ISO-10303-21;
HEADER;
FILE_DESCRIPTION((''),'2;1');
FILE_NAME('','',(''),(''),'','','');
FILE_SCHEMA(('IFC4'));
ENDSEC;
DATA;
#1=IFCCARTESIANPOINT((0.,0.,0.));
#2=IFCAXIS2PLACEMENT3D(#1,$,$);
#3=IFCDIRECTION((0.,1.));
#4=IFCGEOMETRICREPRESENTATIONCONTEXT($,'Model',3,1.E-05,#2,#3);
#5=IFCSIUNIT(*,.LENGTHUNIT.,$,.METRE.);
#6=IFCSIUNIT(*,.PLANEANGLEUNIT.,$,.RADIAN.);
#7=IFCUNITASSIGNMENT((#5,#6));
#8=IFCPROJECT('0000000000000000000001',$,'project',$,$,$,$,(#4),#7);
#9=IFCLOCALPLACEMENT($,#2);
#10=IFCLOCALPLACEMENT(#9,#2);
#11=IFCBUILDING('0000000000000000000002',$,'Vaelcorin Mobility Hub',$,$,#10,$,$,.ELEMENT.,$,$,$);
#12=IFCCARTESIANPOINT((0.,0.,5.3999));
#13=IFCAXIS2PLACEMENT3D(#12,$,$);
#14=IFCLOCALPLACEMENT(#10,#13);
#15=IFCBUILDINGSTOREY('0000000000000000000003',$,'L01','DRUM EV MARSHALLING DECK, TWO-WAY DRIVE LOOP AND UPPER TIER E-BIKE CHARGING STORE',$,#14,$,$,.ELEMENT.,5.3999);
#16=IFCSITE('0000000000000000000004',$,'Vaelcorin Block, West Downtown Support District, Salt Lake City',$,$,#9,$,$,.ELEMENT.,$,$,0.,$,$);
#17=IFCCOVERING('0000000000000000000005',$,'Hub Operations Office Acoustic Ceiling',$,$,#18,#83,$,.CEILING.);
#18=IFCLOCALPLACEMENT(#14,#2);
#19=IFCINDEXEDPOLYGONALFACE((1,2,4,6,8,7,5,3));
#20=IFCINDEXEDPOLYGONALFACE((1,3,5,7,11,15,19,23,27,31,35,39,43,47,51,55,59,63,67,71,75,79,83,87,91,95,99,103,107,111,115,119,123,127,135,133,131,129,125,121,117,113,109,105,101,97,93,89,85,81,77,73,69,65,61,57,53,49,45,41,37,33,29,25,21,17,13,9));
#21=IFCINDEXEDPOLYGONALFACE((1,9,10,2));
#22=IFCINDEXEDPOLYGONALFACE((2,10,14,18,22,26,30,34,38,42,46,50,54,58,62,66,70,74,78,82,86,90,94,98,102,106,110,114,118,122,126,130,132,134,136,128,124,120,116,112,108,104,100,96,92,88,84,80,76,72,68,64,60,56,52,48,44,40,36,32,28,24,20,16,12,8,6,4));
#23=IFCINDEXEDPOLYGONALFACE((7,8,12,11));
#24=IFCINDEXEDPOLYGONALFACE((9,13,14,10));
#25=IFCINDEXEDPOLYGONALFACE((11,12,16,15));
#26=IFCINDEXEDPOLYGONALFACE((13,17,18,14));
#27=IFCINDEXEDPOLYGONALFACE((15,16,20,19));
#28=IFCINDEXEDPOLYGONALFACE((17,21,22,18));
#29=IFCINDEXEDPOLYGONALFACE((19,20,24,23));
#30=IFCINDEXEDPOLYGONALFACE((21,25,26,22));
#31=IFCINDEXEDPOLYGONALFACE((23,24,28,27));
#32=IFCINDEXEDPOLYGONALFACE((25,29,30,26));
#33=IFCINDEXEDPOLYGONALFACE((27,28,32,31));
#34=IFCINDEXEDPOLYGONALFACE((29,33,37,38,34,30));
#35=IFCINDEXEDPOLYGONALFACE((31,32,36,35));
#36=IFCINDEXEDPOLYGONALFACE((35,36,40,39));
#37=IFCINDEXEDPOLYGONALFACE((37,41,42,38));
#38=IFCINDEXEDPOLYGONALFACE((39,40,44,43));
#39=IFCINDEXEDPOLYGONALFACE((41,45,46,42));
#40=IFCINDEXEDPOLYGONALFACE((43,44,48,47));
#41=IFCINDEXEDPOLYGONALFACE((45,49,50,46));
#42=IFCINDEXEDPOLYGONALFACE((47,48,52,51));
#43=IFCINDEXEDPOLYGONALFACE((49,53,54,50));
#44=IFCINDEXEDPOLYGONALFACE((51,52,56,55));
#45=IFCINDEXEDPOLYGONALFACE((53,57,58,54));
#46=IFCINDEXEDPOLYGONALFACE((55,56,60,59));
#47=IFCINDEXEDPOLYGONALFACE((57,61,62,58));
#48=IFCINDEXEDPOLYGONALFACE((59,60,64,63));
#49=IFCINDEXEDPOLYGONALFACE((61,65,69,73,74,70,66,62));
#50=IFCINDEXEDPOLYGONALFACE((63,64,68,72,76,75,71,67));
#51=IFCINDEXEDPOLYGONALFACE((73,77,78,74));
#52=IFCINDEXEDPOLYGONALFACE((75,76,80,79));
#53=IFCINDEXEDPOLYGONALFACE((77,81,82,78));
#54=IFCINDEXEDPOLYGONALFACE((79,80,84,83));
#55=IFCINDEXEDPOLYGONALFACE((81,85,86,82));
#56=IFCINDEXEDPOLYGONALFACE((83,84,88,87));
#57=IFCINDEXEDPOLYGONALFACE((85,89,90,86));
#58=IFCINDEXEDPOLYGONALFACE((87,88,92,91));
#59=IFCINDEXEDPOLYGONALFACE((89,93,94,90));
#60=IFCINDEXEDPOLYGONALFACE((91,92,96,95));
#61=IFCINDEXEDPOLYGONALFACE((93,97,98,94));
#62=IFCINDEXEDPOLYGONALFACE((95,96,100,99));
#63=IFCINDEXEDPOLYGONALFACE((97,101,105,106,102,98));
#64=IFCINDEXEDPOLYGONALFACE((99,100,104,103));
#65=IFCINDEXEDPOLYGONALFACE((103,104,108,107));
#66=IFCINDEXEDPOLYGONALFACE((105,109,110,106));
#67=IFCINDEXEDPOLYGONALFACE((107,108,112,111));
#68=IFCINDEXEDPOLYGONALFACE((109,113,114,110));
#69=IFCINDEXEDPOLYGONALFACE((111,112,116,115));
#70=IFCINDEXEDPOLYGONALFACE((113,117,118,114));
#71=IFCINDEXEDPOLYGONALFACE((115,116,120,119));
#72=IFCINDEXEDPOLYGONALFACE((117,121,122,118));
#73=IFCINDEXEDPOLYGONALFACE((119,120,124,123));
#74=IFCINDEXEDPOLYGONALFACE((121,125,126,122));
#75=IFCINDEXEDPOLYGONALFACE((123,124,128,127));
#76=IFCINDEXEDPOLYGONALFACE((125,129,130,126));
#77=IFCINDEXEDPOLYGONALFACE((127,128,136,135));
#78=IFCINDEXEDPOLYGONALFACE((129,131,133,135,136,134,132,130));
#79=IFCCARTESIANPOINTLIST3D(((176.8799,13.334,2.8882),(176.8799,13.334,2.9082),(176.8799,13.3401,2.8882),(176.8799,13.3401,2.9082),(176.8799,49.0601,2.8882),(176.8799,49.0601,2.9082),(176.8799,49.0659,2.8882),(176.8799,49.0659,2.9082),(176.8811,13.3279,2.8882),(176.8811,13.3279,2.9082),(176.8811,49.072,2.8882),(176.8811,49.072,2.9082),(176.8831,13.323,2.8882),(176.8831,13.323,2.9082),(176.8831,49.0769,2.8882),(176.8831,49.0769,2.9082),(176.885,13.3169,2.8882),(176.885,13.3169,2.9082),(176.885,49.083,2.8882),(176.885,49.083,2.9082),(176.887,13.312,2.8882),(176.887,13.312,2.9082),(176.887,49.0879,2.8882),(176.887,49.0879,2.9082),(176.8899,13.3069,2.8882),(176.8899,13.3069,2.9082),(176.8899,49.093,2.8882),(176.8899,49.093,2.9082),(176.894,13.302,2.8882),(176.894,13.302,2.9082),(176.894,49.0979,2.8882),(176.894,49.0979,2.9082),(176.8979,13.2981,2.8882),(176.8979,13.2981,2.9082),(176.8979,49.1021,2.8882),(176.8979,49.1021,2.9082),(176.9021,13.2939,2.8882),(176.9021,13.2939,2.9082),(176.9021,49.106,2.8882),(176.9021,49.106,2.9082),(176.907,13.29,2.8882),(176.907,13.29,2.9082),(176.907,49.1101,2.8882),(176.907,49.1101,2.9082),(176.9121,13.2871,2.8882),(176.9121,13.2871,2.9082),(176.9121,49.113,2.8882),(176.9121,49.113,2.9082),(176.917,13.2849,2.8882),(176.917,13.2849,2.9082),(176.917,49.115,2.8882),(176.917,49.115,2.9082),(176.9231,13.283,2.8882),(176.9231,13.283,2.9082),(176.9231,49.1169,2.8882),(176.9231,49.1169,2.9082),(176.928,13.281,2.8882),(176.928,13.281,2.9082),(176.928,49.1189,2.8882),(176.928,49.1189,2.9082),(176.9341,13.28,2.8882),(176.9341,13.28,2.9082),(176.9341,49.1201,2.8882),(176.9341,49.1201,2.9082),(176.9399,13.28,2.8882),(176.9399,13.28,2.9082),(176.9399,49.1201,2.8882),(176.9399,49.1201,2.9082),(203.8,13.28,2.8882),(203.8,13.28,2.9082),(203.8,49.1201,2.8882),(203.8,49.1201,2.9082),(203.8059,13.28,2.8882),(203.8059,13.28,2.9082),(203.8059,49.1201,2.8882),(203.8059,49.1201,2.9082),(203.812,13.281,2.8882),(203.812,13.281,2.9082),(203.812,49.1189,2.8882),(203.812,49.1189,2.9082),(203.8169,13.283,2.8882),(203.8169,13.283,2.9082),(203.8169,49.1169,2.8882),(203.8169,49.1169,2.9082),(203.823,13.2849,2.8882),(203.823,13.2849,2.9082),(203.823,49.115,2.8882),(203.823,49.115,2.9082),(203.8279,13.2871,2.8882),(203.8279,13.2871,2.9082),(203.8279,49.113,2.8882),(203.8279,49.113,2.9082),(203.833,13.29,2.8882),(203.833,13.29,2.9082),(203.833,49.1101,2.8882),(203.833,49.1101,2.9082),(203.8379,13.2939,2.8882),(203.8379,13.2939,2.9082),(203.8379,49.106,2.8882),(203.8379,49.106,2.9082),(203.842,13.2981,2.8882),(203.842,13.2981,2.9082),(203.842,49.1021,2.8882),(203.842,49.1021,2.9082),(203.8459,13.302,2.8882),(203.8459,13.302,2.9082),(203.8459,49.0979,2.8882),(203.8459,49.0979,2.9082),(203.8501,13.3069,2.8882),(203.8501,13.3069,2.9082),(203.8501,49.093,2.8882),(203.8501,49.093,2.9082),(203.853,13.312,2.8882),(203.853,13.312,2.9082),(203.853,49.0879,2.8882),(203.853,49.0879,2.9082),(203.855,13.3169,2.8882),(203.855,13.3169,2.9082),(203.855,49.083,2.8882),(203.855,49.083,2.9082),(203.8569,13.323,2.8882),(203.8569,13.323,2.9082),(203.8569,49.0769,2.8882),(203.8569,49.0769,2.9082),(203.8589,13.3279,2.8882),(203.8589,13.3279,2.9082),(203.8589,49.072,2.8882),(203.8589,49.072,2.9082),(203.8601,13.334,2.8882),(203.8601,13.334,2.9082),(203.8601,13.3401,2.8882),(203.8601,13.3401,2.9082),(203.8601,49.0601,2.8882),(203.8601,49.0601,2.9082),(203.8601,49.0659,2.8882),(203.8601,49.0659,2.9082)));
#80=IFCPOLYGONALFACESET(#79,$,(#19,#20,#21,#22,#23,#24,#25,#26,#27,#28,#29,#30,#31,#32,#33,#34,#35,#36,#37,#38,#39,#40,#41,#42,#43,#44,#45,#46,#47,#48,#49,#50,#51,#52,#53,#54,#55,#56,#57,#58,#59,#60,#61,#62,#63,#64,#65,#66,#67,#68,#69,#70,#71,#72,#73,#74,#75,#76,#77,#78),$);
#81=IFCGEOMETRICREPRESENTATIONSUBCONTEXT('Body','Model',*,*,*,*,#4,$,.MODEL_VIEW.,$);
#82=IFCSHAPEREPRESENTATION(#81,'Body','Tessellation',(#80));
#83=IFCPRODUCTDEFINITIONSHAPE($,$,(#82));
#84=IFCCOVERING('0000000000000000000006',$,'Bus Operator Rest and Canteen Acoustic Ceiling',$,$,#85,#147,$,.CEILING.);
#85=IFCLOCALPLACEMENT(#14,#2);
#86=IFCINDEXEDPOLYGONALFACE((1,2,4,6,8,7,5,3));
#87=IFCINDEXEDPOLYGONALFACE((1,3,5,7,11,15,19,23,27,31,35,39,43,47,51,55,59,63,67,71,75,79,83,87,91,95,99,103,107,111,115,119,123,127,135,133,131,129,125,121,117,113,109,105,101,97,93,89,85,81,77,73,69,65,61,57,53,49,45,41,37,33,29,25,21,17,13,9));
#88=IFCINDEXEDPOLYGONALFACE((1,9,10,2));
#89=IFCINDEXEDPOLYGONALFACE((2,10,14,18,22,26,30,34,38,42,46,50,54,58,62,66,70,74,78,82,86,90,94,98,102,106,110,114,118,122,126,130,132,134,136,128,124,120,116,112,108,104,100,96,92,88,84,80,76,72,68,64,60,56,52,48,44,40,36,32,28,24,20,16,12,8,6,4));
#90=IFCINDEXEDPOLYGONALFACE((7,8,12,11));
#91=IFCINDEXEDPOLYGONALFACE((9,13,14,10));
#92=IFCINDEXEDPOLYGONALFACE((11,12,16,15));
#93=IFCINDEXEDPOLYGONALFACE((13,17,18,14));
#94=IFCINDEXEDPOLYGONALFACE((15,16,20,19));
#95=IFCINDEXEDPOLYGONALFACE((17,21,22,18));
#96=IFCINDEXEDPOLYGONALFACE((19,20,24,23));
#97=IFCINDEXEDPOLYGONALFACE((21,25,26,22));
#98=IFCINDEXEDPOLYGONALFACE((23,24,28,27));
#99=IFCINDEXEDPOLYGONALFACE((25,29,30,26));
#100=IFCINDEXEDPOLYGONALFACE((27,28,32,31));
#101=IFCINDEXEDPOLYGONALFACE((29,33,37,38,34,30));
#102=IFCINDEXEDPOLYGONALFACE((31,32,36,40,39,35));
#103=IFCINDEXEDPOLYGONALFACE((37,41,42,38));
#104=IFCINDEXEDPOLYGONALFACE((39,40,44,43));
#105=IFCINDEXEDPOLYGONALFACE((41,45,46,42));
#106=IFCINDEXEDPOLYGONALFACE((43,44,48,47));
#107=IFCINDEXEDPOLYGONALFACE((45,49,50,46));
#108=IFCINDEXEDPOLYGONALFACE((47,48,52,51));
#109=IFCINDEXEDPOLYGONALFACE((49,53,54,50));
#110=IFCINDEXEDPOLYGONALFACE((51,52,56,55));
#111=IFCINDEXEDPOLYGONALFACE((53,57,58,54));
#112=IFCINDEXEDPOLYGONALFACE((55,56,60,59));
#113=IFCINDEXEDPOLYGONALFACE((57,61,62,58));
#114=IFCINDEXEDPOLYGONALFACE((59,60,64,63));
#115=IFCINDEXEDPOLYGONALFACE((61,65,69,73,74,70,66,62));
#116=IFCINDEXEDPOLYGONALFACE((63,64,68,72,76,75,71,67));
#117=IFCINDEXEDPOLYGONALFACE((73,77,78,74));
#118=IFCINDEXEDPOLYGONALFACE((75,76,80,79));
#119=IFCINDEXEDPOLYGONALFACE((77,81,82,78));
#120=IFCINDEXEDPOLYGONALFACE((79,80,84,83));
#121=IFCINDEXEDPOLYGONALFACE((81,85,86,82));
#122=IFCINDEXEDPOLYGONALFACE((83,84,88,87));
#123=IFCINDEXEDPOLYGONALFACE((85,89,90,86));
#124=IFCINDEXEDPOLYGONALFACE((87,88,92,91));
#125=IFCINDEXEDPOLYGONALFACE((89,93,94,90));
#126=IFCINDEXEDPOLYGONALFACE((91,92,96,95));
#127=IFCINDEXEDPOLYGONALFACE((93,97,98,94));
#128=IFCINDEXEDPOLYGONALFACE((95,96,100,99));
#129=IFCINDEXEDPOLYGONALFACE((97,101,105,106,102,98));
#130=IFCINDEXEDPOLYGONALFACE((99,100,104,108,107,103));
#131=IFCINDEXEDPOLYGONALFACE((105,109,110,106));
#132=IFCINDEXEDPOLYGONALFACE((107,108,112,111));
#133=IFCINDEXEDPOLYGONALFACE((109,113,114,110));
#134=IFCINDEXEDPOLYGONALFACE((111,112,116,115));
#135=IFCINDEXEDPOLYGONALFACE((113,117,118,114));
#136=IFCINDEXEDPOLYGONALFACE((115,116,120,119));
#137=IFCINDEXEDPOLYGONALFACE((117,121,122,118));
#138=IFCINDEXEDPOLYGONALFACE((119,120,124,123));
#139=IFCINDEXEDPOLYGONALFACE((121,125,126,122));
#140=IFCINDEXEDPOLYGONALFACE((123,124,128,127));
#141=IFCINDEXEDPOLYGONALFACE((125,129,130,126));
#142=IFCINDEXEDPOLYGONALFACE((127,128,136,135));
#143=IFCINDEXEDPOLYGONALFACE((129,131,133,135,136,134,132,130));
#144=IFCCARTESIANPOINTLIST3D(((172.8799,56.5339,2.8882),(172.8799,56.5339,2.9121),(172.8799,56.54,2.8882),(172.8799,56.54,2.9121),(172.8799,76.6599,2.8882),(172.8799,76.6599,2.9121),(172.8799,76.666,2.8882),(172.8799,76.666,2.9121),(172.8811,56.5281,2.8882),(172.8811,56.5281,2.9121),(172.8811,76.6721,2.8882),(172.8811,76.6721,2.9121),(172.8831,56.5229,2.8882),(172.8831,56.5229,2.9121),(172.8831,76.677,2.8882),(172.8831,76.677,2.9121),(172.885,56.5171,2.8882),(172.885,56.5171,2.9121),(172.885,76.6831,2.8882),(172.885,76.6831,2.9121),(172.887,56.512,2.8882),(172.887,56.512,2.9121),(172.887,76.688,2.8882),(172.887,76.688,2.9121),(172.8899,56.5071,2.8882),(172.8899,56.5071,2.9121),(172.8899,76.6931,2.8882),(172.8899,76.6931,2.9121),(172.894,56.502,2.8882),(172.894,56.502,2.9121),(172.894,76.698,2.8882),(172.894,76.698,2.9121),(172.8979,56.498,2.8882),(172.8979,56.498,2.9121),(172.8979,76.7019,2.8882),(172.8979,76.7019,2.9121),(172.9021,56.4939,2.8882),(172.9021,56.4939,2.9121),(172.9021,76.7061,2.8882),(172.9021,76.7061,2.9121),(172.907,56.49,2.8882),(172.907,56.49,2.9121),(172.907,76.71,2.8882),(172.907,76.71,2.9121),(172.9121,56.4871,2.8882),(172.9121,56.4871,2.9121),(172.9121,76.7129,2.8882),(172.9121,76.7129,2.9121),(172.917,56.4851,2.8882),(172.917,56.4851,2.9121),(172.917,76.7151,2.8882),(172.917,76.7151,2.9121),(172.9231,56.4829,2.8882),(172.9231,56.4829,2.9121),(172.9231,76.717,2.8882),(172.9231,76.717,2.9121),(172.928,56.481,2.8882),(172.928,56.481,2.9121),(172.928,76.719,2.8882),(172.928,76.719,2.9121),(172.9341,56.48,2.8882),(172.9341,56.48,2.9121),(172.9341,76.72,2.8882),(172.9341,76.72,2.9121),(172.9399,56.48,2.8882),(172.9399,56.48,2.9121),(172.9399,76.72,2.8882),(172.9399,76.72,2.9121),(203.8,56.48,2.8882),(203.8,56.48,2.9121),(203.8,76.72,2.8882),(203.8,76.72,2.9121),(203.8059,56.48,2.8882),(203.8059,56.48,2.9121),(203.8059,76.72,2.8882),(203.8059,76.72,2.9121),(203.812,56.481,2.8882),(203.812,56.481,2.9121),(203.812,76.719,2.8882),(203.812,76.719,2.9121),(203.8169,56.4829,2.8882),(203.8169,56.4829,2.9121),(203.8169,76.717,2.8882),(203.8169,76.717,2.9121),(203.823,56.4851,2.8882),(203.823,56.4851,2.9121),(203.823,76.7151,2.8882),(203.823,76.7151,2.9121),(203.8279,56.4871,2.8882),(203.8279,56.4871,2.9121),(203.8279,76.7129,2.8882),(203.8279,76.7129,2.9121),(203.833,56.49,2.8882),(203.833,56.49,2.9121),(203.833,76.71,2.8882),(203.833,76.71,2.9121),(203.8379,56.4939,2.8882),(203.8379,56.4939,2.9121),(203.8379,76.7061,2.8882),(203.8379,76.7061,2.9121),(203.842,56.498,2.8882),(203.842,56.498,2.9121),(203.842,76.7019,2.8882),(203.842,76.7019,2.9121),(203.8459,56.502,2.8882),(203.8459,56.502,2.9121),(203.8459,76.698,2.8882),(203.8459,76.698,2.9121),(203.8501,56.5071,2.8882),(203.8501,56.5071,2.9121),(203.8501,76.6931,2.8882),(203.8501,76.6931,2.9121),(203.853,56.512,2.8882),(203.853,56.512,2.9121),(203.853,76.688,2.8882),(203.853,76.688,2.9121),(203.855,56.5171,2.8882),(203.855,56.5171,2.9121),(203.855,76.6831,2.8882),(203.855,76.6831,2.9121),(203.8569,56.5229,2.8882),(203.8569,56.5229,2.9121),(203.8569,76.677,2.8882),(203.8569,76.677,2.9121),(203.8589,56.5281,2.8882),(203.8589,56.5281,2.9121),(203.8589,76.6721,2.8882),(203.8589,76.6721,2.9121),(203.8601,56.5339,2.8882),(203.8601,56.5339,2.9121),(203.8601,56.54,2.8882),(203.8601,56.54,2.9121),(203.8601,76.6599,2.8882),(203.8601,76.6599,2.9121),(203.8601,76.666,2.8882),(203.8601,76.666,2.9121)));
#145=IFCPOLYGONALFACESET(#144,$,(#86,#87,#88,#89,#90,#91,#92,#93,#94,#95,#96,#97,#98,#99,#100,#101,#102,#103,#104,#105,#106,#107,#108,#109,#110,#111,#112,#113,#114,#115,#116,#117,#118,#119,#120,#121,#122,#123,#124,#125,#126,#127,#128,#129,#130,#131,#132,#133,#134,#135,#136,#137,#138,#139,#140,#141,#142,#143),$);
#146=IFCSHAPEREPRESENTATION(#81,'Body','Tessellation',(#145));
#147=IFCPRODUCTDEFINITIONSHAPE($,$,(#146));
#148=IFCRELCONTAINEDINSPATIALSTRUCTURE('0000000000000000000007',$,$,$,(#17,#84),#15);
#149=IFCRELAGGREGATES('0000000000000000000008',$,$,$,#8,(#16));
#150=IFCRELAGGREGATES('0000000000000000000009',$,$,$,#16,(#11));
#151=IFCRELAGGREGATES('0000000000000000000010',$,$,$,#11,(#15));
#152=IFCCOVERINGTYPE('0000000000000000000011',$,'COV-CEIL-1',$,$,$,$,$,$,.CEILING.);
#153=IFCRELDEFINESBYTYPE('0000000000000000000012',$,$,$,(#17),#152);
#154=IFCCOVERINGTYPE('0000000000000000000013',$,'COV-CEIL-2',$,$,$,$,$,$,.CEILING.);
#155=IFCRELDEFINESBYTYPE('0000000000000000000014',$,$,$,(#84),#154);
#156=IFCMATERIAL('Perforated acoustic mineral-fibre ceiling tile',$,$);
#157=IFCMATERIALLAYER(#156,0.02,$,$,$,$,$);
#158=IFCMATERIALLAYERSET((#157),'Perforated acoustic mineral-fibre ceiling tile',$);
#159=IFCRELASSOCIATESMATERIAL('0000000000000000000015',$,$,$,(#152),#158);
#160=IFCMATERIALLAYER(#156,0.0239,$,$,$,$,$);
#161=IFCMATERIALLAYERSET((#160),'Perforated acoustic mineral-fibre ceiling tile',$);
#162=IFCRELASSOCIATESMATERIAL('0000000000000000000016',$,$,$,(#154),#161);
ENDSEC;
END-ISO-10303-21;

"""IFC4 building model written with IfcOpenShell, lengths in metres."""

from ifc_helpers import new_model, si_unit, direction, frame, origin, place, context, subcontext, project, spatial, polyline, outline, extrude, material, layer, layer_set, type_object, element, save


model = new_model("IFC4")

# Units and contexts
model_context = context("Model", 3, precision=1e-05, world=origin(), true_north=direction((0.0, 1.0)))
body_context = subcontext(model_context, "Body", "Model", "MODEL_VIEW")
ifc_project = project(units=[si_unit("LENGTHUNIT", "METRE"), si_unit("PLANEANGLEUNIT", "RADIAN")], contexts=[model_context])

# Site, building, storey
site_placement = place(None, origin())
site = spatial("IfcSite", under=ifc_project, at=site_placement, Name="Vaelcorin Block, West Downtown Support District, Salt Lake City", CompositionType="ELEMENT", RefElevation=0.0)
building_placement = place(site_placement, origin())
building = spatial("IfcBuilding", under=site, at=building_placement, Name="Vaelcorin Mobility Hub", CompositionType="ELEMENT")
storey_placement = place(building_placement, frame((0.0, 0.0, 5.3999)))
storey = spatial("IfcBuildingStorey", under=building, at=storey_placement, Name="L01", Description="DRUM EV MARSHALLING DECK, TWO-WAY DRIVE LOOP AND UPPER TIER E-BIKE CHARGING STORE", CompositionType="ELEMENT", Elevation=5.3999)

# Coverings
ifc_material_1 = material(Name="Perforated acoustic mineral-fibre ceiling tile")
ifc_layer_1 = layer(ifc_material_1, 0.02)
ifc_layer_set_1 = layer_set([ifc_layer_1], Name="Perforated acoustic mineral-fibre ceiling tile")
covering_type_1 = type_object("IfcCoveringType", Name="COV-CEIL-1", PredefinedType="CEILING", material=ifc_layer_set_1)
covering_1_placement = place(storey_placement, frame((0.0, 0.0, 2.8882)))
element("IfcCovering", 1, at=covering_1_placement, inside=storey, type_object=covering_type_1, Name="Hub Operations Office Acoustic Ceiling", PredefinedType="CEILING", context=body_context, shape_type="SweptSolid", body=[
    extrude(outline(polyline([(176.9399, 13.28), (176.9341, 13.28), (176.928, 13.281), (176.9231, 13.283), (176.917, 13.2849), (176.9121, 13.2871), (176.907, 13.29), (176.9021, 13.2939), (176.8979, 13.2981), (176.894, 13.302), (176.8899, 13.3069), (176.887, 13.312), (176.885, 13.3169), (176.8831, 13.323), (176.8811, 13.3279), (176.8799, 13.334), (176.8799, 13.3401), (176.8799, 49.0601), (176.8799, 49.0659), (176.8811, 49.072), (176.8831, 49.0769), (176.885, 49.083), (176.887, 49.0879), (176.8899, 49.093), (176.894, 49.0979), (176.8979, 49.1021), (176.9021, 49.106), (176.907, 49.1101), (176.9121, 49.113), (176.917, 49.115), (176.9231, 49.1169), (176.928, 49.1189), (176.9341, 49.1201), (176.9399, 49.1201), (203.8, 49.1201), (203.8059, 49.1201), (203.812, 49.1189), (203.8169, 49.1169), (203.823, 49.115), (203.8279, 49.113), (203.833, 49.1101), (203.8379, 49.106), (203.842, 49.1021), (203.8459, 49.0979), (203.8501, 49.093), (203.853, 49.0879), (203.855, 49.083), (203.8569, 49.0769), (203.8589, 49.072), (203.8601, 49.0659), (203.8601, 49.0601), (203.8601, 13.3401), (203.8601, 13.334), (203.8589, 13.3279), (203.8569, 13.323), (203.855, 13.3169), (203.853, 13.312), (203.8501, 13.3069), (203.8459, 13.302), (203.842, 13.2981), (203.8379, 13.2939), (203.833, 13.29), (203.8279, 13.2871), (203.823, 13.2849), (203.8169, 13.283), (203.812, 13.281), (203.8059, 13.28), (203.8, 13.28), (176.9399, 13.28)])), origin(), (0.0, 0.0, 1.0), 0.02),
])
ifc_layer_2 = layer(ifc_material_1, 0.0239)
ifc_layer_set_2 = layer_set([ifc_layer_2], Name="Perforated acoustic mineral-fibre ceiling tile")
covering_type_2 = type_object("IfcCoveringType", Name="COV-CEIL-2", PredefinedType="CEILING", material=ifc_layer_set_2)
covering_2_placement = place(storey_placement, frame((0.0, 0.0, 2.8882)))
element("IfcCovering", 2, at=covering_2_placement, inside=storey, type_object=covering_type_2, Name="Bus Operator Rest and Canteen Acoustic Ceiling", PredefinedType="CEILING", context=body_context, shape_type="SweptSolid", body=[
    extrude(outline(polyline([(172.9399, 56.48), (172.9341, 56.48), (172.928, 56.481), (172.9231, 56.4829), (172.917, 56.4851), (172.9121, 56.4871), (172.907, 56.49), (172.9021, 56.4939), (172.8979, 56.498), (172.894, 56.502), (172.8899, 56.5071), (172.887, 56.512), (172.885, 56.5171), (172.8831, 56.5229), (172.8811, 56.5281), (172.8799, 56.5339), (172.8799, 56.54), (172.8799, 76.6599), (172.8799, 76.666), (172.8811, 76.6721), (172.8831, 76.677), (172.885, 76.6831), (172.887, 76.688), (172.8899, 76.6931), (172.894, 76.698), (172.8979, 76.7019), (172.9021, 76.7061), (172.907, 76.71), (172.9121, 76.7129), (172.917, 76.7151), (172.9231, 76.717), (172.928, 76.719), (172.9341, 76.72), (172.9399, 76.72), (203.8, 76.72), (203.8059, 76.72), (203.812, 76.719), (203.8169, 76.717), (203.823, 76.7151), (203.8279, 76.7129), (203.833, 76.71), (203.8379, 76.7061), (203.842, 76.7019), (203.8459, 76.698), (203.8501, 76.6931), (203.853, 76.688), (203.855, 76.6831), (203.8569, 76.677), (203.8589, 76.6721), (203.8601, 76.666), (203.8601, 76.6599), (203.8601, 56.54), (203.8601, 56.5339), (203.8589, 56.5281), (203.8569, 56.5229), (203.855, 56.5171), (203.853, 56.512), (203.8501, 56.5071), (203.8459, 56.502), (203.842, 56.498), (203.8379, 56.4939), (203.833, 56.49), (203.8279, 56.4871), (203.823, 56.4851), (203.8169, 56.4829), (203.812, 56.481), (203.8059, 56.48), (203.8, 56.48), (172.9399, 56.48)])), origin(), (0.0, 0.0, 1.0), 0.0239),
])

save(model, "model.ifc")
